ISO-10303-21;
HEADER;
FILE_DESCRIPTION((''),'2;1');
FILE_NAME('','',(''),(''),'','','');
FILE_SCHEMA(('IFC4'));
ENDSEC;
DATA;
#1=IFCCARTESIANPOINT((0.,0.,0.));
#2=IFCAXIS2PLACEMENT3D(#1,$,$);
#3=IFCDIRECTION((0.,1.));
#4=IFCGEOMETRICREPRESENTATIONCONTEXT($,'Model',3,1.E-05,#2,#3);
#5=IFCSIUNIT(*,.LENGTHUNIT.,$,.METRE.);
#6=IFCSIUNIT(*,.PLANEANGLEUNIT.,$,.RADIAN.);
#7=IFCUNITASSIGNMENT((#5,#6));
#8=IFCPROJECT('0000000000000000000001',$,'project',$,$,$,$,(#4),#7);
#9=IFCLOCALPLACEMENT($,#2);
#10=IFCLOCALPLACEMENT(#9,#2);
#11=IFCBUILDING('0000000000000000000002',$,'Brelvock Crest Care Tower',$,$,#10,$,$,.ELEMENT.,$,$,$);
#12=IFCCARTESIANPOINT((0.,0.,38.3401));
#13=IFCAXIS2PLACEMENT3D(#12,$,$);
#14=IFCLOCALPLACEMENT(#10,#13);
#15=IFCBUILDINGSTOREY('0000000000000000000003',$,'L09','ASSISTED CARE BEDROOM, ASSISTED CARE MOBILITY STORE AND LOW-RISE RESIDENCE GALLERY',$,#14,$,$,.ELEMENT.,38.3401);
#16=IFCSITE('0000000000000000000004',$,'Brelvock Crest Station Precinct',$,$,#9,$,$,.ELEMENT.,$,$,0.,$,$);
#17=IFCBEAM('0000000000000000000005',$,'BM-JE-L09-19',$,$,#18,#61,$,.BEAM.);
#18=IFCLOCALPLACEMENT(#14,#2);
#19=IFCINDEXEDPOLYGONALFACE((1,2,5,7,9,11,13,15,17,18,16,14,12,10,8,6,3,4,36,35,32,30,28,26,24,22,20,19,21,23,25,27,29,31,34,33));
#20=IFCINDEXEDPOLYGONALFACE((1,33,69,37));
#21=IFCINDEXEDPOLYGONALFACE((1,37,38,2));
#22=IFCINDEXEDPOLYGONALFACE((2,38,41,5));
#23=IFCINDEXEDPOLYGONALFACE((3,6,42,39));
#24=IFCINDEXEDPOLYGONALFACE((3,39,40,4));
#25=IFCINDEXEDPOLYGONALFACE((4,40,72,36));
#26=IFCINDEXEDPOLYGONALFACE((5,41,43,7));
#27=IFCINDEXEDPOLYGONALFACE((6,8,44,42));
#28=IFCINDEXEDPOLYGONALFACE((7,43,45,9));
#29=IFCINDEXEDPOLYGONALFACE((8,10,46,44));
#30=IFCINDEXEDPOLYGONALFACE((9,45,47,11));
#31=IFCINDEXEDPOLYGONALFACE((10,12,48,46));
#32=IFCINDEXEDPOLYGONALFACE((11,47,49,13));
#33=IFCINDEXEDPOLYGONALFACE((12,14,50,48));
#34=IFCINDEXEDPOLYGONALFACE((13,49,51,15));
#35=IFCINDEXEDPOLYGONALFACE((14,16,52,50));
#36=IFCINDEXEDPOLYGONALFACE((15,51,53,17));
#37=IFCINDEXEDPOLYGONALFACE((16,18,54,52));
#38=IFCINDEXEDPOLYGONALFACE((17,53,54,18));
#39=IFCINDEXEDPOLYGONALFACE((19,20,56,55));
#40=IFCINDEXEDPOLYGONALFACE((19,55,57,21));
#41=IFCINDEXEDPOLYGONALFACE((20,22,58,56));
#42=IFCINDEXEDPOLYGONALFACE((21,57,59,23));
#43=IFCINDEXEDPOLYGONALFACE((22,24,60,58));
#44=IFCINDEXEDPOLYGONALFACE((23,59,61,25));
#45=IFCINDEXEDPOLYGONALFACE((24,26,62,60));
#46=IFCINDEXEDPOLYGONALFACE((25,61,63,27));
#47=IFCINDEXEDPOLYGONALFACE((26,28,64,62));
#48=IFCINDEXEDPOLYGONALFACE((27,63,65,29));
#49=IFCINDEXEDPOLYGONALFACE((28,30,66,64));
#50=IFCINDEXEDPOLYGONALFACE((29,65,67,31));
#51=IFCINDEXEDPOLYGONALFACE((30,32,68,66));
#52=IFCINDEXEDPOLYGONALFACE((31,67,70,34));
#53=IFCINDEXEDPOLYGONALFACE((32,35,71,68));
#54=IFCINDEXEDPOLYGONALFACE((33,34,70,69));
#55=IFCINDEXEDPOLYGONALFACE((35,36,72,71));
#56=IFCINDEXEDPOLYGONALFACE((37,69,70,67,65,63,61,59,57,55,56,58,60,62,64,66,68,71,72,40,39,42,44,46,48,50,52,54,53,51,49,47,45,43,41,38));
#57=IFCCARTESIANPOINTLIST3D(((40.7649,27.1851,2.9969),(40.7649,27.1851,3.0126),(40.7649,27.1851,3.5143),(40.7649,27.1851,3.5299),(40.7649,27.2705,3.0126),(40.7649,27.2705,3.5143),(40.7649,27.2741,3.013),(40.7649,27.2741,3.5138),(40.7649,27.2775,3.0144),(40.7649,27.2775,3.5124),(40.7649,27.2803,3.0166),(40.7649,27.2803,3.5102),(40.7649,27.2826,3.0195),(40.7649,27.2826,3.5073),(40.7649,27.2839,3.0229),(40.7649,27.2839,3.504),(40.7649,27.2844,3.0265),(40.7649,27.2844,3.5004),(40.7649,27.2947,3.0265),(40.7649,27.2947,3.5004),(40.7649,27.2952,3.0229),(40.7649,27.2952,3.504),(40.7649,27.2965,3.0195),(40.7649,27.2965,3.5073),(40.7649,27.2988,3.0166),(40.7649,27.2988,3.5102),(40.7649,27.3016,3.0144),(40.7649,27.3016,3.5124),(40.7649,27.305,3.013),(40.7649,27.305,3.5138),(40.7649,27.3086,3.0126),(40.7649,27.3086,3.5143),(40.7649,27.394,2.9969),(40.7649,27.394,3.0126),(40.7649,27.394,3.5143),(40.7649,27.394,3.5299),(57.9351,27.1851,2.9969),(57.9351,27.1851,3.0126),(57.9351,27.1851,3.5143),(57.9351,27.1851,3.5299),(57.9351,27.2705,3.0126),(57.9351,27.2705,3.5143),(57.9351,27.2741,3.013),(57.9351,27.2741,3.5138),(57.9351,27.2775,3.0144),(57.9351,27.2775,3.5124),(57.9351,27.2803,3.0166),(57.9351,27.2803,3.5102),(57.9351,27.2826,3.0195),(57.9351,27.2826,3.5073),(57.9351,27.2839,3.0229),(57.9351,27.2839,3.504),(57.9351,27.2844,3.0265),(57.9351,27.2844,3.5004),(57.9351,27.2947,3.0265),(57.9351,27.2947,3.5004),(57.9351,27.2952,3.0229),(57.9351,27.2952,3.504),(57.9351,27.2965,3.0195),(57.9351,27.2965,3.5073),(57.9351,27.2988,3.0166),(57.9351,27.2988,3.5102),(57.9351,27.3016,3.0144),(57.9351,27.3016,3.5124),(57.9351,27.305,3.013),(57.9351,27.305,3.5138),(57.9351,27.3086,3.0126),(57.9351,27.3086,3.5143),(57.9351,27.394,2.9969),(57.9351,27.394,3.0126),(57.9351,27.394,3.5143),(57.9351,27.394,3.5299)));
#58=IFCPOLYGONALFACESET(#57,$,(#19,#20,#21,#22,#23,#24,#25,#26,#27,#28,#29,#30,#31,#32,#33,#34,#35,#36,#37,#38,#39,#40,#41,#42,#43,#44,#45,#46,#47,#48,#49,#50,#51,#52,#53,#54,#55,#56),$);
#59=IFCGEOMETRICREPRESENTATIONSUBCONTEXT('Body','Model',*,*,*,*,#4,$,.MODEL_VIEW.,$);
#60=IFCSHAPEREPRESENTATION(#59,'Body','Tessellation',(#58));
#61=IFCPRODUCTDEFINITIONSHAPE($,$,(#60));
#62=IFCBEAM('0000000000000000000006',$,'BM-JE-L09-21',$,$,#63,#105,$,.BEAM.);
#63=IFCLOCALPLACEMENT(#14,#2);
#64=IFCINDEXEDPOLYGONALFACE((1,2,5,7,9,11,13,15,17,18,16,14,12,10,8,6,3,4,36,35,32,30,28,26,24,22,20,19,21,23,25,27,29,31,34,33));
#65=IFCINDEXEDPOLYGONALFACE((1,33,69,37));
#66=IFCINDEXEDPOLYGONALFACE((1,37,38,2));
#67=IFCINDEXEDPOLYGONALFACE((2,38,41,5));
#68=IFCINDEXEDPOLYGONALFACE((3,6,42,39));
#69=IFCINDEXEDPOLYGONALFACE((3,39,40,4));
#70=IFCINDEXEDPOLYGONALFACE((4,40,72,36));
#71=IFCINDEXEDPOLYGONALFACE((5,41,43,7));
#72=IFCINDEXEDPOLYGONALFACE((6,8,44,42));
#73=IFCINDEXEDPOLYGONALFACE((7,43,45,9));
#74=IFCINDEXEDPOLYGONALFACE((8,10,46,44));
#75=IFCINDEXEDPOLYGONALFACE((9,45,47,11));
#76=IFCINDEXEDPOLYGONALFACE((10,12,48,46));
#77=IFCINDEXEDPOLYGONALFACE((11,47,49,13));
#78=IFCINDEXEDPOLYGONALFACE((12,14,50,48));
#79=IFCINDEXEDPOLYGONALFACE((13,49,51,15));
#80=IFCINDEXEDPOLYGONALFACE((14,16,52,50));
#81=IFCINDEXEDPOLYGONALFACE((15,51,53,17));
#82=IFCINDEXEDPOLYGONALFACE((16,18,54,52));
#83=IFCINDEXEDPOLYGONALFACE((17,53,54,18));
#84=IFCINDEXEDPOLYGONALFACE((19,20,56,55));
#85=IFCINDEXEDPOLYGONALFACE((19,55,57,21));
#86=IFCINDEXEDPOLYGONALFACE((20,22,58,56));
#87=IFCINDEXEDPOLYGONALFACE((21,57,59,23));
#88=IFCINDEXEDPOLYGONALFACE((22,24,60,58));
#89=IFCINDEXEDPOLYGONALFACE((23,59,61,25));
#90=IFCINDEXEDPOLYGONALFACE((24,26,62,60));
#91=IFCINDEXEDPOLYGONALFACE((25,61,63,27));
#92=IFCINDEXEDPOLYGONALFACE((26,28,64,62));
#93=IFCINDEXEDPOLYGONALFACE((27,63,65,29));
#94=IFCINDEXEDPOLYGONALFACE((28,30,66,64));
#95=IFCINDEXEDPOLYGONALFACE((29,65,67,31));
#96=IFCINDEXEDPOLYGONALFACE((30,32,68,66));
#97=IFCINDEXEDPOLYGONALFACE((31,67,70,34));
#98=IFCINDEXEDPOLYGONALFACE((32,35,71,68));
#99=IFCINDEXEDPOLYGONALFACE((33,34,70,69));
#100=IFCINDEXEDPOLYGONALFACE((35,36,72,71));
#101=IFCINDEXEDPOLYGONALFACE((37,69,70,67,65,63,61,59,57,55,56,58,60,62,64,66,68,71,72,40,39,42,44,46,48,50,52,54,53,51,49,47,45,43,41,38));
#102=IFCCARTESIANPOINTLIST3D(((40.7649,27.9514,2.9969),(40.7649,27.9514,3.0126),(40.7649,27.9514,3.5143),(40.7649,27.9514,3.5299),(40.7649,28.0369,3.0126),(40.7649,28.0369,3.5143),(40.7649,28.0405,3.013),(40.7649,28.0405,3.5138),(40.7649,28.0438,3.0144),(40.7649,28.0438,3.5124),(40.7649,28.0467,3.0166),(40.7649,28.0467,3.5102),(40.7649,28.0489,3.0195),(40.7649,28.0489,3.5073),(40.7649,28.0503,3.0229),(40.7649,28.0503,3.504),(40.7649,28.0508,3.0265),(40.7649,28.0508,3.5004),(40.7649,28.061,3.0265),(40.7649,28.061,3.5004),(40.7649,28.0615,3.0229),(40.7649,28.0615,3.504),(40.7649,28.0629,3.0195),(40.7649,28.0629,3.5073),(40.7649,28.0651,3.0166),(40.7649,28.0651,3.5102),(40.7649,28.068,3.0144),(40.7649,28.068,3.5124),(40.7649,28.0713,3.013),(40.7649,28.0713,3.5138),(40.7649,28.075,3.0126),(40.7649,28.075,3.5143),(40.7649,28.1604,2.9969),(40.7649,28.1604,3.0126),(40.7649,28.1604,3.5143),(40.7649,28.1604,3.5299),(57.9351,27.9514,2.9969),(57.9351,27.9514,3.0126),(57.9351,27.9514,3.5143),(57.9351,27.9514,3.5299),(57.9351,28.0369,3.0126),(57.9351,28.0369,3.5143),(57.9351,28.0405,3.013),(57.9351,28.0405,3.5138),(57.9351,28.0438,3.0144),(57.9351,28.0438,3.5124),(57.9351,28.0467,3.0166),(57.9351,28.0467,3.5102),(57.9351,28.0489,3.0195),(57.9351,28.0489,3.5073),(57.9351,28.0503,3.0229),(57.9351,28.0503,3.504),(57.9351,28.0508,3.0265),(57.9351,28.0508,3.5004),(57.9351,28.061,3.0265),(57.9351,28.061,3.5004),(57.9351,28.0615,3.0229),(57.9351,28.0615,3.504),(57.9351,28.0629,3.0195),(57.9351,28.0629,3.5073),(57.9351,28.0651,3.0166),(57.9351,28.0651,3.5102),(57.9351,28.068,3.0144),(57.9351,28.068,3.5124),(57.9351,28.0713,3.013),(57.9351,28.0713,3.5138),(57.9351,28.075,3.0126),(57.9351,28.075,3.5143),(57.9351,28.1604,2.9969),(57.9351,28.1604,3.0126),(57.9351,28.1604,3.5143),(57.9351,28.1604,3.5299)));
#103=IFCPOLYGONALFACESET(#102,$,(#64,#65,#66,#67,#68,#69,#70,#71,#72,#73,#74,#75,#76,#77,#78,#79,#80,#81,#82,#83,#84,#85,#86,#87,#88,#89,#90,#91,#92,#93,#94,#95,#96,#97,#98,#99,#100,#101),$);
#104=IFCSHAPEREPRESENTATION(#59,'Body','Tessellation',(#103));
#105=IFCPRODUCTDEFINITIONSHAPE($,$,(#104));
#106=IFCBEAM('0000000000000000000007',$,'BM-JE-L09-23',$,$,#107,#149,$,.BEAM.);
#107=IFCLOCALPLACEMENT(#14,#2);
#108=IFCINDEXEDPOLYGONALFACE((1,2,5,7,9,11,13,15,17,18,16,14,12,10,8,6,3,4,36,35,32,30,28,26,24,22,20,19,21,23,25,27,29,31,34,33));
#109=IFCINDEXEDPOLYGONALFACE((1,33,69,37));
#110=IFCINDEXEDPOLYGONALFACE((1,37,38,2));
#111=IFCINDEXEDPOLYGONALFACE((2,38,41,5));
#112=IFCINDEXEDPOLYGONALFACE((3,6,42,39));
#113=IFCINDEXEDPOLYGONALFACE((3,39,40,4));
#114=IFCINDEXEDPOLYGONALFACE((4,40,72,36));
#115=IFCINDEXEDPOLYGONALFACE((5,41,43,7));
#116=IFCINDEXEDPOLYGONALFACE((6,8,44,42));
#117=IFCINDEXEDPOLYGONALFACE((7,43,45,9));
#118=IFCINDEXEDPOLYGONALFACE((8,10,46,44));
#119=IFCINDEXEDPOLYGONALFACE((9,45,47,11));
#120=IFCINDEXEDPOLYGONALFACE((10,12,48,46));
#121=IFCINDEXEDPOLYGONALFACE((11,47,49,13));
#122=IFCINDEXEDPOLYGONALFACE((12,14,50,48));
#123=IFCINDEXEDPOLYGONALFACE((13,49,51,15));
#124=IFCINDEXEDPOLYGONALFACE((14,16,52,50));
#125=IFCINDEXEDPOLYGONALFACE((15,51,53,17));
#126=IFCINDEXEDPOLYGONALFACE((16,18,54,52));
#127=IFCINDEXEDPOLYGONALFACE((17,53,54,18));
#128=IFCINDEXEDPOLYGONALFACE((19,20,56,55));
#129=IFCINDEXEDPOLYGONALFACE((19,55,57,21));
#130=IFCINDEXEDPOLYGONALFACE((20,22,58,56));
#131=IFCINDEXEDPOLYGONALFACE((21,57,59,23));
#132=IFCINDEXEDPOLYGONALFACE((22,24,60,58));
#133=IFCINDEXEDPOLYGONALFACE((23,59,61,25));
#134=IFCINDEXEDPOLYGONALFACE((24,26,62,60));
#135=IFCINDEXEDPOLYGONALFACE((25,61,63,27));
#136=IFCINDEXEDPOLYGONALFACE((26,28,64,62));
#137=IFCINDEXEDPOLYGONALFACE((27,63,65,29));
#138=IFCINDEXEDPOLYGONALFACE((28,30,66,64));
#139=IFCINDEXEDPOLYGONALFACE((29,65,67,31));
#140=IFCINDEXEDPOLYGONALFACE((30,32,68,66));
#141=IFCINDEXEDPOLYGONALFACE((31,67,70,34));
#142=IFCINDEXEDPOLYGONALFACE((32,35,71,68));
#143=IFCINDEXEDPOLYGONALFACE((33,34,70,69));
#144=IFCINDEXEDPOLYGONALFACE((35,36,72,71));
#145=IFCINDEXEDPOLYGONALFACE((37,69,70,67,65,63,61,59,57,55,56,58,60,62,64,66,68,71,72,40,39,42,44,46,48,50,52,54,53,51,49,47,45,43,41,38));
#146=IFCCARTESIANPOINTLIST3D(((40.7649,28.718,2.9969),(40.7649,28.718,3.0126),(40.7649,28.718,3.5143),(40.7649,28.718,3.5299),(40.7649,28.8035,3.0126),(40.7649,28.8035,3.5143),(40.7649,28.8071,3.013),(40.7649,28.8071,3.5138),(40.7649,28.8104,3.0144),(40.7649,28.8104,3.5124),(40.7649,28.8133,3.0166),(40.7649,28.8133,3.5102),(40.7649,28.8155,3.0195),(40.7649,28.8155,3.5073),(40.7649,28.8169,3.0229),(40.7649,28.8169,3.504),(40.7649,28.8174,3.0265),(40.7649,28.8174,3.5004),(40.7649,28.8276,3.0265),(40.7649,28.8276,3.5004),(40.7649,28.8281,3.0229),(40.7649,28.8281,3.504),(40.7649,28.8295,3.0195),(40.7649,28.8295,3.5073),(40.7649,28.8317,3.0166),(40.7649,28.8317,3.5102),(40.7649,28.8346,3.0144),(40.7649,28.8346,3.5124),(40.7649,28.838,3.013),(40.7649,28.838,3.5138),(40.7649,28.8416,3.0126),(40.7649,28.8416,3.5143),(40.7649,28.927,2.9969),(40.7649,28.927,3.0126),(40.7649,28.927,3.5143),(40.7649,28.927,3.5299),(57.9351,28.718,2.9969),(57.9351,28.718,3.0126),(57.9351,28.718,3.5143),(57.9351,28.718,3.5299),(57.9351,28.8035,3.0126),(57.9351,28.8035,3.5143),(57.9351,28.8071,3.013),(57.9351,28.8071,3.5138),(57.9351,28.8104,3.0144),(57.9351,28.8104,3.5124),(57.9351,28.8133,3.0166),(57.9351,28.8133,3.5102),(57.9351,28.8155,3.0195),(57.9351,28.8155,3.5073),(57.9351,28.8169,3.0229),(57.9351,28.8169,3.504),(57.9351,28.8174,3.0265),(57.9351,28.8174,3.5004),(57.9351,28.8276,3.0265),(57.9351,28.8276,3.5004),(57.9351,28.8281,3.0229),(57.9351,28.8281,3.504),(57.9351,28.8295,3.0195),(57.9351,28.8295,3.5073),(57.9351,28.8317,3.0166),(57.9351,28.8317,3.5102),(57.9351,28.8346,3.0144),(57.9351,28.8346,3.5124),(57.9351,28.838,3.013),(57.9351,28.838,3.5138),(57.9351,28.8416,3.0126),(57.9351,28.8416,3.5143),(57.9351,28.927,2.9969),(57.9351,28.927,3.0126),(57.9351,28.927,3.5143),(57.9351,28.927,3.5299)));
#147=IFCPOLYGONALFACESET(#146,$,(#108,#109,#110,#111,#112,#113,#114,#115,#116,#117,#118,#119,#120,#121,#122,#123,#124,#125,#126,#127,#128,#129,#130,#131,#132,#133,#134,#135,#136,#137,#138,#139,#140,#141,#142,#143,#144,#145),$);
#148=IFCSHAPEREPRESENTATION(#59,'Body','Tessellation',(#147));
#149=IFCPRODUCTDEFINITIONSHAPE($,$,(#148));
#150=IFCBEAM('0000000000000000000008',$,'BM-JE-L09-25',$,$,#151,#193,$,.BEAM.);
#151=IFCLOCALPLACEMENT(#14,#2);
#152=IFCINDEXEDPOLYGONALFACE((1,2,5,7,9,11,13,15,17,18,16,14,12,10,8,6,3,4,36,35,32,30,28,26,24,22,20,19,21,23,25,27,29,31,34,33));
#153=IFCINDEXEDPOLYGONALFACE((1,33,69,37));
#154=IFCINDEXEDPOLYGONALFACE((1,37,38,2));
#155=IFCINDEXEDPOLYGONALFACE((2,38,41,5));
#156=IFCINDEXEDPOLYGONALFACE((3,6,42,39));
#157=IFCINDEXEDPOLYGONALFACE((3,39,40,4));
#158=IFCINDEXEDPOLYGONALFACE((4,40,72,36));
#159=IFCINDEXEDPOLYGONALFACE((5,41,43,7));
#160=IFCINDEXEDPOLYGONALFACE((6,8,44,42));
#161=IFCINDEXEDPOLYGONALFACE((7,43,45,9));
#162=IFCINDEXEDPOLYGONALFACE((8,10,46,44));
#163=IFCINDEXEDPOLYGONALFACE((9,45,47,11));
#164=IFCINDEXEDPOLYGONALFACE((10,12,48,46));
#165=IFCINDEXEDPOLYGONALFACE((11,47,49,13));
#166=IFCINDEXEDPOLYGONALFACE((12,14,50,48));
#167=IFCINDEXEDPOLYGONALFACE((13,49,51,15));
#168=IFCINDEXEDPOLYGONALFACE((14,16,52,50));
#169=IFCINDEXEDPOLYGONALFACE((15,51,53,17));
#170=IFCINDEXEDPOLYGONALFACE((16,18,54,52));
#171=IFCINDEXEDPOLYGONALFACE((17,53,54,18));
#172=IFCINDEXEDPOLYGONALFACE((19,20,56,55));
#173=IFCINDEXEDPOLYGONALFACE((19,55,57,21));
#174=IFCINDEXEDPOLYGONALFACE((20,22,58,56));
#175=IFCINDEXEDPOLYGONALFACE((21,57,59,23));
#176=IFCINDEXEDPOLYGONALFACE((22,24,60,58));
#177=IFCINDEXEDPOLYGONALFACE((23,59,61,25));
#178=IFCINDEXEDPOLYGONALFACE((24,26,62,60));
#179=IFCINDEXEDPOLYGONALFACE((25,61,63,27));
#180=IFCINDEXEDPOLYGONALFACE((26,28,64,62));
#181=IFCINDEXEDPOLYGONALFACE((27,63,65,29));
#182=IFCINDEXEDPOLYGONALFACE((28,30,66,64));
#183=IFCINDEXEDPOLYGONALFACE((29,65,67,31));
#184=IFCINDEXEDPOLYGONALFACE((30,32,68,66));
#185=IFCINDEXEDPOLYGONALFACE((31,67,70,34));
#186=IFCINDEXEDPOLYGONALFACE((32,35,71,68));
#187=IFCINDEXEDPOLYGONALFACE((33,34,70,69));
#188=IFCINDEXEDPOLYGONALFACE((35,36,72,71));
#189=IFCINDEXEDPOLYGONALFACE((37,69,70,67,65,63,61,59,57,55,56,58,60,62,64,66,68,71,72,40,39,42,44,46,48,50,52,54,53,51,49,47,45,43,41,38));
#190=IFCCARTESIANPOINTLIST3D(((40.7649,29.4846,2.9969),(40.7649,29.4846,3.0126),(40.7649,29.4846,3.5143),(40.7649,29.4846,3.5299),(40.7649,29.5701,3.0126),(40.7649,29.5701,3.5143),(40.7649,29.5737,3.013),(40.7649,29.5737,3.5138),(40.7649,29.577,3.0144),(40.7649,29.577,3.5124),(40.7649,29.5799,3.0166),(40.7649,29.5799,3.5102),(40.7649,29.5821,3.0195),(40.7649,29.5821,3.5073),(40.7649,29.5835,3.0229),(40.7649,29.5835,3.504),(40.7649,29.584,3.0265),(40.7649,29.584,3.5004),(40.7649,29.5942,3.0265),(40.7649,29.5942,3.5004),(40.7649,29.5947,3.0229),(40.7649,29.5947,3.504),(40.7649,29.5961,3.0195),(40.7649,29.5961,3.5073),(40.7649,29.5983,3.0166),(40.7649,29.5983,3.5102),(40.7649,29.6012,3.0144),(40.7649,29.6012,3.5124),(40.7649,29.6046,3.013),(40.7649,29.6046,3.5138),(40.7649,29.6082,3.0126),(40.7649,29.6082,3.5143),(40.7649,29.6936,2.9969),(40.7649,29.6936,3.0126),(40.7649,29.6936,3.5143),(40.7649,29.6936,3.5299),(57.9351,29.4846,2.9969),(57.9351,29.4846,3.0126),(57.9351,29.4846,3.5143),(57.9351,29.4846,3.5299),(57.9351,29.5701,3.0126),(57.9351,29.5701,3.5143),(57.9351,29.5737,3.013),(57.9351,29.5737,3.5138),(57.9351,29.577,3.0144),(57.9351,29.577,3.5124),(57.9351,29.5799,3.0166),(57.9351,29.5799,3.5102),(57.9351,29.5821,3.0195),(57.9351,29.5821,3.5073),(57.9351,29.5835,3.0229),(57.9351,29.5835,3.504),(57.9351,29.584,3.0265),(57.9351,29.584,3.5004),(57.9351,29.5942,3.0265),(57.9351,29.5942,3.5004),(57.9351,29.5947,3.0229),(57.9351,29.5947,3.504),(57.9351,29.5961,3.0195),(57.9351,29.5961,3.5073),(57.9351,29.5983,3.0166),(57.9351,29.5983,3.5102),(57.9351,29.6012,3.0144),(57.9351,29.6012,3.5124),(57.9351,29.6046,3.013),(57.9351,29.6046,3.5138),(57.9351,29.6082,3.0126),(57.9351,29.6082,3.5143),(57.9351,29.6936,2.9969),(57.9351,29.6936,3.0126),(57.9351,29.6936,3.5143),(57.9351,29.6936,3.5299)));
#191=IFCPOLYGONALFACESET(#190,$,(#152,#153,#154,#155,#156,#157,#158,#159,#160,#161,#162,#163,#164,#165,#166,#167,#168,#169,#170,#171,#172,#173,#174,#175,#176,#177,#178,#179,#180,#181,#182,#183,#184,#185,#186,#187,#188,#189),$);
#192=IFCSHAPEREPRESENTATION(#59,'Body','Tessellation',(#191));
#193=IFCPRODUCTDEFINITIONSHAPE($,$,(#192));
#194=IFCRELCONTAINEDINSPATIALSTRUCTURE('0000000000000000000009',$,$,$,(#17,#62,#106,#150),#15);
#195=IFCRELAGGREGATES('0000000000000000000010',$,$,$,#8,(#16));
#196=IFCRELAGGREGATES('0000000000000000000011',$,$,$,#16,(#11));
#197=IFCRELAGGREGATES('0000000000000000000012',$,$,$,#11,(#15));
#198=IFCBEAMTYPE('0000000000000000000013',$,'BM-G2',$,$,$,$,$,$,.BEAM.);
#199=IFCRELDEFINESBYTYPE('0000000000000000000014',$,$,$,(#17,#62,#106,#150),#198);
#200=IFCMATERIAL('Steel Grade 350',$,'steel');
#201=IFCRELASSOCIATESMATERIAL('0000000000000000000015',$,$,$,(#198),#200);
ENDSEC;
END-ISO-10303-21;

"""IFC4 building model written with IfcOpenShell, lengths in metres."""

from ifc_helpers import new_model, si_unit, direction, frame, origin, origin_2d, place, context, subcontext, project, spatial, i_section, extrude, source, transform, mapped, material, material_profile, profile_set, type_object, element, save


model = new_model("IFC4")

# Units and contexts
model_context = context("Model", 3, precision=1e-05, world=origin(), true_north=direction((0.0, 1.0)))
body_context = subcontext(model_context, "Body", "Model", "MODEL_VIEW")
ifc_project = project(units=[si_unit("LENGTHUNIT", "METRE"), si_unit("PLANEANGLEUNIT", "RADIAN")], contexts=[model_context])

# Site, building, storey
site_placement = place(None, origin())
site = spatial("IfcSite", under=ifc_project, at=site_placement, Name="Brelvock Crest Station Precinct", CompositionType="ELEMENT", RefElevation=0.0)
building_placement = place(site_placement, origin())
building = spatial("IfcBuilding", under=site, at=building_placement, Name="Brelvock Crest Care Tower", CompositionType="ELEMENT")
storey_placement = place(building_placement, frame((0.0, 0.0, 38.3401)))
storey = spatial("IfcBuildingStorey", under=building, at=storey_placement, Name="L09", Description="ASSISTED CARE BEDROOM, ASSISTED CARE MOBILITY STORE AND LOW-RISE RESIDENCE GALLERY", CompositionType="ELEMENT", Elevation=38.3401)

# Beams
ifc_material_1 = material(Name="Steel Grade 350", Category="steel")
ifc_material_profile_1 = material_profile(ifc_material_1, i_section(OverallWidth=0.209, OverallDepth=0.533, WebThickness=0.0103, FlangeThickness=0.0156, FilletRadius=0.0139, at=origin_2d()), Name="530UB92.4")
ifc_profile_set_1 = profile_set([ifc_material_profile_1], Name="Steel Grade 350")
beam_type_1 = type_object("IfcBeamType", Name="BM-G2", PredefinedType="BEAM", material=ifc_profile_set_1)
shared_shape_1 = source(origin(), body_context, "Body", "SweptSolid", [
    extrude(i_section(OverallWidth=0.209, OverallDepth=0.533, WebThickness=0.0103, FlangeThickness=0.0156, FilletRadius=0.0139, at=origin_2d()), origin(), (0.0, 0.0, 1.0), 17.1702),
])
for number, where, z_axis, x_axis, name in (
    (1, (40.7649, 27.2896, 3.2634), (1.0, 0.0, 0.0), (0.0, 1.0, 0.0), "BM-JE-L09-19"),
    (2, (40.7649, 28.0559, 3.2634), (1.0, 0.0, 0.0), (0.0, 1.0, 0.0), "BM-JE-L09-21"),
    (3, (40.7649, 28.8225, 3.2634), (1.0, 0.0, 0.0), (0.0, 1.0, 0.0), "BM-JE-L09-23"),
    (4, (40.7649, 29.5891, 3.2634), (1.0, 0.0, 0.0), (0.0, 1.0, 0.0), "BM-JE-L09-25"),
):
    element("IfcBeam", number, at=place(storey_placement, frame(where, z_axis=z_axis, x_axis=x_axis)), inside=storey, type_object=beam_type_1, Name=name, PredefinedType="BEAM", context=body_context, shape_type="MappedRepresentation", body=[
        mapped(shared_shape_1, transform((0.0, 0.0, 0.0), x_axis=(1.0, 0.0, 0.0), y_axis=(0.0, 1.0, 0.0), z_axis=(0.0, 0.0, 1.0), scale=1.0)),
    ])

save(model, "model.ifc")
